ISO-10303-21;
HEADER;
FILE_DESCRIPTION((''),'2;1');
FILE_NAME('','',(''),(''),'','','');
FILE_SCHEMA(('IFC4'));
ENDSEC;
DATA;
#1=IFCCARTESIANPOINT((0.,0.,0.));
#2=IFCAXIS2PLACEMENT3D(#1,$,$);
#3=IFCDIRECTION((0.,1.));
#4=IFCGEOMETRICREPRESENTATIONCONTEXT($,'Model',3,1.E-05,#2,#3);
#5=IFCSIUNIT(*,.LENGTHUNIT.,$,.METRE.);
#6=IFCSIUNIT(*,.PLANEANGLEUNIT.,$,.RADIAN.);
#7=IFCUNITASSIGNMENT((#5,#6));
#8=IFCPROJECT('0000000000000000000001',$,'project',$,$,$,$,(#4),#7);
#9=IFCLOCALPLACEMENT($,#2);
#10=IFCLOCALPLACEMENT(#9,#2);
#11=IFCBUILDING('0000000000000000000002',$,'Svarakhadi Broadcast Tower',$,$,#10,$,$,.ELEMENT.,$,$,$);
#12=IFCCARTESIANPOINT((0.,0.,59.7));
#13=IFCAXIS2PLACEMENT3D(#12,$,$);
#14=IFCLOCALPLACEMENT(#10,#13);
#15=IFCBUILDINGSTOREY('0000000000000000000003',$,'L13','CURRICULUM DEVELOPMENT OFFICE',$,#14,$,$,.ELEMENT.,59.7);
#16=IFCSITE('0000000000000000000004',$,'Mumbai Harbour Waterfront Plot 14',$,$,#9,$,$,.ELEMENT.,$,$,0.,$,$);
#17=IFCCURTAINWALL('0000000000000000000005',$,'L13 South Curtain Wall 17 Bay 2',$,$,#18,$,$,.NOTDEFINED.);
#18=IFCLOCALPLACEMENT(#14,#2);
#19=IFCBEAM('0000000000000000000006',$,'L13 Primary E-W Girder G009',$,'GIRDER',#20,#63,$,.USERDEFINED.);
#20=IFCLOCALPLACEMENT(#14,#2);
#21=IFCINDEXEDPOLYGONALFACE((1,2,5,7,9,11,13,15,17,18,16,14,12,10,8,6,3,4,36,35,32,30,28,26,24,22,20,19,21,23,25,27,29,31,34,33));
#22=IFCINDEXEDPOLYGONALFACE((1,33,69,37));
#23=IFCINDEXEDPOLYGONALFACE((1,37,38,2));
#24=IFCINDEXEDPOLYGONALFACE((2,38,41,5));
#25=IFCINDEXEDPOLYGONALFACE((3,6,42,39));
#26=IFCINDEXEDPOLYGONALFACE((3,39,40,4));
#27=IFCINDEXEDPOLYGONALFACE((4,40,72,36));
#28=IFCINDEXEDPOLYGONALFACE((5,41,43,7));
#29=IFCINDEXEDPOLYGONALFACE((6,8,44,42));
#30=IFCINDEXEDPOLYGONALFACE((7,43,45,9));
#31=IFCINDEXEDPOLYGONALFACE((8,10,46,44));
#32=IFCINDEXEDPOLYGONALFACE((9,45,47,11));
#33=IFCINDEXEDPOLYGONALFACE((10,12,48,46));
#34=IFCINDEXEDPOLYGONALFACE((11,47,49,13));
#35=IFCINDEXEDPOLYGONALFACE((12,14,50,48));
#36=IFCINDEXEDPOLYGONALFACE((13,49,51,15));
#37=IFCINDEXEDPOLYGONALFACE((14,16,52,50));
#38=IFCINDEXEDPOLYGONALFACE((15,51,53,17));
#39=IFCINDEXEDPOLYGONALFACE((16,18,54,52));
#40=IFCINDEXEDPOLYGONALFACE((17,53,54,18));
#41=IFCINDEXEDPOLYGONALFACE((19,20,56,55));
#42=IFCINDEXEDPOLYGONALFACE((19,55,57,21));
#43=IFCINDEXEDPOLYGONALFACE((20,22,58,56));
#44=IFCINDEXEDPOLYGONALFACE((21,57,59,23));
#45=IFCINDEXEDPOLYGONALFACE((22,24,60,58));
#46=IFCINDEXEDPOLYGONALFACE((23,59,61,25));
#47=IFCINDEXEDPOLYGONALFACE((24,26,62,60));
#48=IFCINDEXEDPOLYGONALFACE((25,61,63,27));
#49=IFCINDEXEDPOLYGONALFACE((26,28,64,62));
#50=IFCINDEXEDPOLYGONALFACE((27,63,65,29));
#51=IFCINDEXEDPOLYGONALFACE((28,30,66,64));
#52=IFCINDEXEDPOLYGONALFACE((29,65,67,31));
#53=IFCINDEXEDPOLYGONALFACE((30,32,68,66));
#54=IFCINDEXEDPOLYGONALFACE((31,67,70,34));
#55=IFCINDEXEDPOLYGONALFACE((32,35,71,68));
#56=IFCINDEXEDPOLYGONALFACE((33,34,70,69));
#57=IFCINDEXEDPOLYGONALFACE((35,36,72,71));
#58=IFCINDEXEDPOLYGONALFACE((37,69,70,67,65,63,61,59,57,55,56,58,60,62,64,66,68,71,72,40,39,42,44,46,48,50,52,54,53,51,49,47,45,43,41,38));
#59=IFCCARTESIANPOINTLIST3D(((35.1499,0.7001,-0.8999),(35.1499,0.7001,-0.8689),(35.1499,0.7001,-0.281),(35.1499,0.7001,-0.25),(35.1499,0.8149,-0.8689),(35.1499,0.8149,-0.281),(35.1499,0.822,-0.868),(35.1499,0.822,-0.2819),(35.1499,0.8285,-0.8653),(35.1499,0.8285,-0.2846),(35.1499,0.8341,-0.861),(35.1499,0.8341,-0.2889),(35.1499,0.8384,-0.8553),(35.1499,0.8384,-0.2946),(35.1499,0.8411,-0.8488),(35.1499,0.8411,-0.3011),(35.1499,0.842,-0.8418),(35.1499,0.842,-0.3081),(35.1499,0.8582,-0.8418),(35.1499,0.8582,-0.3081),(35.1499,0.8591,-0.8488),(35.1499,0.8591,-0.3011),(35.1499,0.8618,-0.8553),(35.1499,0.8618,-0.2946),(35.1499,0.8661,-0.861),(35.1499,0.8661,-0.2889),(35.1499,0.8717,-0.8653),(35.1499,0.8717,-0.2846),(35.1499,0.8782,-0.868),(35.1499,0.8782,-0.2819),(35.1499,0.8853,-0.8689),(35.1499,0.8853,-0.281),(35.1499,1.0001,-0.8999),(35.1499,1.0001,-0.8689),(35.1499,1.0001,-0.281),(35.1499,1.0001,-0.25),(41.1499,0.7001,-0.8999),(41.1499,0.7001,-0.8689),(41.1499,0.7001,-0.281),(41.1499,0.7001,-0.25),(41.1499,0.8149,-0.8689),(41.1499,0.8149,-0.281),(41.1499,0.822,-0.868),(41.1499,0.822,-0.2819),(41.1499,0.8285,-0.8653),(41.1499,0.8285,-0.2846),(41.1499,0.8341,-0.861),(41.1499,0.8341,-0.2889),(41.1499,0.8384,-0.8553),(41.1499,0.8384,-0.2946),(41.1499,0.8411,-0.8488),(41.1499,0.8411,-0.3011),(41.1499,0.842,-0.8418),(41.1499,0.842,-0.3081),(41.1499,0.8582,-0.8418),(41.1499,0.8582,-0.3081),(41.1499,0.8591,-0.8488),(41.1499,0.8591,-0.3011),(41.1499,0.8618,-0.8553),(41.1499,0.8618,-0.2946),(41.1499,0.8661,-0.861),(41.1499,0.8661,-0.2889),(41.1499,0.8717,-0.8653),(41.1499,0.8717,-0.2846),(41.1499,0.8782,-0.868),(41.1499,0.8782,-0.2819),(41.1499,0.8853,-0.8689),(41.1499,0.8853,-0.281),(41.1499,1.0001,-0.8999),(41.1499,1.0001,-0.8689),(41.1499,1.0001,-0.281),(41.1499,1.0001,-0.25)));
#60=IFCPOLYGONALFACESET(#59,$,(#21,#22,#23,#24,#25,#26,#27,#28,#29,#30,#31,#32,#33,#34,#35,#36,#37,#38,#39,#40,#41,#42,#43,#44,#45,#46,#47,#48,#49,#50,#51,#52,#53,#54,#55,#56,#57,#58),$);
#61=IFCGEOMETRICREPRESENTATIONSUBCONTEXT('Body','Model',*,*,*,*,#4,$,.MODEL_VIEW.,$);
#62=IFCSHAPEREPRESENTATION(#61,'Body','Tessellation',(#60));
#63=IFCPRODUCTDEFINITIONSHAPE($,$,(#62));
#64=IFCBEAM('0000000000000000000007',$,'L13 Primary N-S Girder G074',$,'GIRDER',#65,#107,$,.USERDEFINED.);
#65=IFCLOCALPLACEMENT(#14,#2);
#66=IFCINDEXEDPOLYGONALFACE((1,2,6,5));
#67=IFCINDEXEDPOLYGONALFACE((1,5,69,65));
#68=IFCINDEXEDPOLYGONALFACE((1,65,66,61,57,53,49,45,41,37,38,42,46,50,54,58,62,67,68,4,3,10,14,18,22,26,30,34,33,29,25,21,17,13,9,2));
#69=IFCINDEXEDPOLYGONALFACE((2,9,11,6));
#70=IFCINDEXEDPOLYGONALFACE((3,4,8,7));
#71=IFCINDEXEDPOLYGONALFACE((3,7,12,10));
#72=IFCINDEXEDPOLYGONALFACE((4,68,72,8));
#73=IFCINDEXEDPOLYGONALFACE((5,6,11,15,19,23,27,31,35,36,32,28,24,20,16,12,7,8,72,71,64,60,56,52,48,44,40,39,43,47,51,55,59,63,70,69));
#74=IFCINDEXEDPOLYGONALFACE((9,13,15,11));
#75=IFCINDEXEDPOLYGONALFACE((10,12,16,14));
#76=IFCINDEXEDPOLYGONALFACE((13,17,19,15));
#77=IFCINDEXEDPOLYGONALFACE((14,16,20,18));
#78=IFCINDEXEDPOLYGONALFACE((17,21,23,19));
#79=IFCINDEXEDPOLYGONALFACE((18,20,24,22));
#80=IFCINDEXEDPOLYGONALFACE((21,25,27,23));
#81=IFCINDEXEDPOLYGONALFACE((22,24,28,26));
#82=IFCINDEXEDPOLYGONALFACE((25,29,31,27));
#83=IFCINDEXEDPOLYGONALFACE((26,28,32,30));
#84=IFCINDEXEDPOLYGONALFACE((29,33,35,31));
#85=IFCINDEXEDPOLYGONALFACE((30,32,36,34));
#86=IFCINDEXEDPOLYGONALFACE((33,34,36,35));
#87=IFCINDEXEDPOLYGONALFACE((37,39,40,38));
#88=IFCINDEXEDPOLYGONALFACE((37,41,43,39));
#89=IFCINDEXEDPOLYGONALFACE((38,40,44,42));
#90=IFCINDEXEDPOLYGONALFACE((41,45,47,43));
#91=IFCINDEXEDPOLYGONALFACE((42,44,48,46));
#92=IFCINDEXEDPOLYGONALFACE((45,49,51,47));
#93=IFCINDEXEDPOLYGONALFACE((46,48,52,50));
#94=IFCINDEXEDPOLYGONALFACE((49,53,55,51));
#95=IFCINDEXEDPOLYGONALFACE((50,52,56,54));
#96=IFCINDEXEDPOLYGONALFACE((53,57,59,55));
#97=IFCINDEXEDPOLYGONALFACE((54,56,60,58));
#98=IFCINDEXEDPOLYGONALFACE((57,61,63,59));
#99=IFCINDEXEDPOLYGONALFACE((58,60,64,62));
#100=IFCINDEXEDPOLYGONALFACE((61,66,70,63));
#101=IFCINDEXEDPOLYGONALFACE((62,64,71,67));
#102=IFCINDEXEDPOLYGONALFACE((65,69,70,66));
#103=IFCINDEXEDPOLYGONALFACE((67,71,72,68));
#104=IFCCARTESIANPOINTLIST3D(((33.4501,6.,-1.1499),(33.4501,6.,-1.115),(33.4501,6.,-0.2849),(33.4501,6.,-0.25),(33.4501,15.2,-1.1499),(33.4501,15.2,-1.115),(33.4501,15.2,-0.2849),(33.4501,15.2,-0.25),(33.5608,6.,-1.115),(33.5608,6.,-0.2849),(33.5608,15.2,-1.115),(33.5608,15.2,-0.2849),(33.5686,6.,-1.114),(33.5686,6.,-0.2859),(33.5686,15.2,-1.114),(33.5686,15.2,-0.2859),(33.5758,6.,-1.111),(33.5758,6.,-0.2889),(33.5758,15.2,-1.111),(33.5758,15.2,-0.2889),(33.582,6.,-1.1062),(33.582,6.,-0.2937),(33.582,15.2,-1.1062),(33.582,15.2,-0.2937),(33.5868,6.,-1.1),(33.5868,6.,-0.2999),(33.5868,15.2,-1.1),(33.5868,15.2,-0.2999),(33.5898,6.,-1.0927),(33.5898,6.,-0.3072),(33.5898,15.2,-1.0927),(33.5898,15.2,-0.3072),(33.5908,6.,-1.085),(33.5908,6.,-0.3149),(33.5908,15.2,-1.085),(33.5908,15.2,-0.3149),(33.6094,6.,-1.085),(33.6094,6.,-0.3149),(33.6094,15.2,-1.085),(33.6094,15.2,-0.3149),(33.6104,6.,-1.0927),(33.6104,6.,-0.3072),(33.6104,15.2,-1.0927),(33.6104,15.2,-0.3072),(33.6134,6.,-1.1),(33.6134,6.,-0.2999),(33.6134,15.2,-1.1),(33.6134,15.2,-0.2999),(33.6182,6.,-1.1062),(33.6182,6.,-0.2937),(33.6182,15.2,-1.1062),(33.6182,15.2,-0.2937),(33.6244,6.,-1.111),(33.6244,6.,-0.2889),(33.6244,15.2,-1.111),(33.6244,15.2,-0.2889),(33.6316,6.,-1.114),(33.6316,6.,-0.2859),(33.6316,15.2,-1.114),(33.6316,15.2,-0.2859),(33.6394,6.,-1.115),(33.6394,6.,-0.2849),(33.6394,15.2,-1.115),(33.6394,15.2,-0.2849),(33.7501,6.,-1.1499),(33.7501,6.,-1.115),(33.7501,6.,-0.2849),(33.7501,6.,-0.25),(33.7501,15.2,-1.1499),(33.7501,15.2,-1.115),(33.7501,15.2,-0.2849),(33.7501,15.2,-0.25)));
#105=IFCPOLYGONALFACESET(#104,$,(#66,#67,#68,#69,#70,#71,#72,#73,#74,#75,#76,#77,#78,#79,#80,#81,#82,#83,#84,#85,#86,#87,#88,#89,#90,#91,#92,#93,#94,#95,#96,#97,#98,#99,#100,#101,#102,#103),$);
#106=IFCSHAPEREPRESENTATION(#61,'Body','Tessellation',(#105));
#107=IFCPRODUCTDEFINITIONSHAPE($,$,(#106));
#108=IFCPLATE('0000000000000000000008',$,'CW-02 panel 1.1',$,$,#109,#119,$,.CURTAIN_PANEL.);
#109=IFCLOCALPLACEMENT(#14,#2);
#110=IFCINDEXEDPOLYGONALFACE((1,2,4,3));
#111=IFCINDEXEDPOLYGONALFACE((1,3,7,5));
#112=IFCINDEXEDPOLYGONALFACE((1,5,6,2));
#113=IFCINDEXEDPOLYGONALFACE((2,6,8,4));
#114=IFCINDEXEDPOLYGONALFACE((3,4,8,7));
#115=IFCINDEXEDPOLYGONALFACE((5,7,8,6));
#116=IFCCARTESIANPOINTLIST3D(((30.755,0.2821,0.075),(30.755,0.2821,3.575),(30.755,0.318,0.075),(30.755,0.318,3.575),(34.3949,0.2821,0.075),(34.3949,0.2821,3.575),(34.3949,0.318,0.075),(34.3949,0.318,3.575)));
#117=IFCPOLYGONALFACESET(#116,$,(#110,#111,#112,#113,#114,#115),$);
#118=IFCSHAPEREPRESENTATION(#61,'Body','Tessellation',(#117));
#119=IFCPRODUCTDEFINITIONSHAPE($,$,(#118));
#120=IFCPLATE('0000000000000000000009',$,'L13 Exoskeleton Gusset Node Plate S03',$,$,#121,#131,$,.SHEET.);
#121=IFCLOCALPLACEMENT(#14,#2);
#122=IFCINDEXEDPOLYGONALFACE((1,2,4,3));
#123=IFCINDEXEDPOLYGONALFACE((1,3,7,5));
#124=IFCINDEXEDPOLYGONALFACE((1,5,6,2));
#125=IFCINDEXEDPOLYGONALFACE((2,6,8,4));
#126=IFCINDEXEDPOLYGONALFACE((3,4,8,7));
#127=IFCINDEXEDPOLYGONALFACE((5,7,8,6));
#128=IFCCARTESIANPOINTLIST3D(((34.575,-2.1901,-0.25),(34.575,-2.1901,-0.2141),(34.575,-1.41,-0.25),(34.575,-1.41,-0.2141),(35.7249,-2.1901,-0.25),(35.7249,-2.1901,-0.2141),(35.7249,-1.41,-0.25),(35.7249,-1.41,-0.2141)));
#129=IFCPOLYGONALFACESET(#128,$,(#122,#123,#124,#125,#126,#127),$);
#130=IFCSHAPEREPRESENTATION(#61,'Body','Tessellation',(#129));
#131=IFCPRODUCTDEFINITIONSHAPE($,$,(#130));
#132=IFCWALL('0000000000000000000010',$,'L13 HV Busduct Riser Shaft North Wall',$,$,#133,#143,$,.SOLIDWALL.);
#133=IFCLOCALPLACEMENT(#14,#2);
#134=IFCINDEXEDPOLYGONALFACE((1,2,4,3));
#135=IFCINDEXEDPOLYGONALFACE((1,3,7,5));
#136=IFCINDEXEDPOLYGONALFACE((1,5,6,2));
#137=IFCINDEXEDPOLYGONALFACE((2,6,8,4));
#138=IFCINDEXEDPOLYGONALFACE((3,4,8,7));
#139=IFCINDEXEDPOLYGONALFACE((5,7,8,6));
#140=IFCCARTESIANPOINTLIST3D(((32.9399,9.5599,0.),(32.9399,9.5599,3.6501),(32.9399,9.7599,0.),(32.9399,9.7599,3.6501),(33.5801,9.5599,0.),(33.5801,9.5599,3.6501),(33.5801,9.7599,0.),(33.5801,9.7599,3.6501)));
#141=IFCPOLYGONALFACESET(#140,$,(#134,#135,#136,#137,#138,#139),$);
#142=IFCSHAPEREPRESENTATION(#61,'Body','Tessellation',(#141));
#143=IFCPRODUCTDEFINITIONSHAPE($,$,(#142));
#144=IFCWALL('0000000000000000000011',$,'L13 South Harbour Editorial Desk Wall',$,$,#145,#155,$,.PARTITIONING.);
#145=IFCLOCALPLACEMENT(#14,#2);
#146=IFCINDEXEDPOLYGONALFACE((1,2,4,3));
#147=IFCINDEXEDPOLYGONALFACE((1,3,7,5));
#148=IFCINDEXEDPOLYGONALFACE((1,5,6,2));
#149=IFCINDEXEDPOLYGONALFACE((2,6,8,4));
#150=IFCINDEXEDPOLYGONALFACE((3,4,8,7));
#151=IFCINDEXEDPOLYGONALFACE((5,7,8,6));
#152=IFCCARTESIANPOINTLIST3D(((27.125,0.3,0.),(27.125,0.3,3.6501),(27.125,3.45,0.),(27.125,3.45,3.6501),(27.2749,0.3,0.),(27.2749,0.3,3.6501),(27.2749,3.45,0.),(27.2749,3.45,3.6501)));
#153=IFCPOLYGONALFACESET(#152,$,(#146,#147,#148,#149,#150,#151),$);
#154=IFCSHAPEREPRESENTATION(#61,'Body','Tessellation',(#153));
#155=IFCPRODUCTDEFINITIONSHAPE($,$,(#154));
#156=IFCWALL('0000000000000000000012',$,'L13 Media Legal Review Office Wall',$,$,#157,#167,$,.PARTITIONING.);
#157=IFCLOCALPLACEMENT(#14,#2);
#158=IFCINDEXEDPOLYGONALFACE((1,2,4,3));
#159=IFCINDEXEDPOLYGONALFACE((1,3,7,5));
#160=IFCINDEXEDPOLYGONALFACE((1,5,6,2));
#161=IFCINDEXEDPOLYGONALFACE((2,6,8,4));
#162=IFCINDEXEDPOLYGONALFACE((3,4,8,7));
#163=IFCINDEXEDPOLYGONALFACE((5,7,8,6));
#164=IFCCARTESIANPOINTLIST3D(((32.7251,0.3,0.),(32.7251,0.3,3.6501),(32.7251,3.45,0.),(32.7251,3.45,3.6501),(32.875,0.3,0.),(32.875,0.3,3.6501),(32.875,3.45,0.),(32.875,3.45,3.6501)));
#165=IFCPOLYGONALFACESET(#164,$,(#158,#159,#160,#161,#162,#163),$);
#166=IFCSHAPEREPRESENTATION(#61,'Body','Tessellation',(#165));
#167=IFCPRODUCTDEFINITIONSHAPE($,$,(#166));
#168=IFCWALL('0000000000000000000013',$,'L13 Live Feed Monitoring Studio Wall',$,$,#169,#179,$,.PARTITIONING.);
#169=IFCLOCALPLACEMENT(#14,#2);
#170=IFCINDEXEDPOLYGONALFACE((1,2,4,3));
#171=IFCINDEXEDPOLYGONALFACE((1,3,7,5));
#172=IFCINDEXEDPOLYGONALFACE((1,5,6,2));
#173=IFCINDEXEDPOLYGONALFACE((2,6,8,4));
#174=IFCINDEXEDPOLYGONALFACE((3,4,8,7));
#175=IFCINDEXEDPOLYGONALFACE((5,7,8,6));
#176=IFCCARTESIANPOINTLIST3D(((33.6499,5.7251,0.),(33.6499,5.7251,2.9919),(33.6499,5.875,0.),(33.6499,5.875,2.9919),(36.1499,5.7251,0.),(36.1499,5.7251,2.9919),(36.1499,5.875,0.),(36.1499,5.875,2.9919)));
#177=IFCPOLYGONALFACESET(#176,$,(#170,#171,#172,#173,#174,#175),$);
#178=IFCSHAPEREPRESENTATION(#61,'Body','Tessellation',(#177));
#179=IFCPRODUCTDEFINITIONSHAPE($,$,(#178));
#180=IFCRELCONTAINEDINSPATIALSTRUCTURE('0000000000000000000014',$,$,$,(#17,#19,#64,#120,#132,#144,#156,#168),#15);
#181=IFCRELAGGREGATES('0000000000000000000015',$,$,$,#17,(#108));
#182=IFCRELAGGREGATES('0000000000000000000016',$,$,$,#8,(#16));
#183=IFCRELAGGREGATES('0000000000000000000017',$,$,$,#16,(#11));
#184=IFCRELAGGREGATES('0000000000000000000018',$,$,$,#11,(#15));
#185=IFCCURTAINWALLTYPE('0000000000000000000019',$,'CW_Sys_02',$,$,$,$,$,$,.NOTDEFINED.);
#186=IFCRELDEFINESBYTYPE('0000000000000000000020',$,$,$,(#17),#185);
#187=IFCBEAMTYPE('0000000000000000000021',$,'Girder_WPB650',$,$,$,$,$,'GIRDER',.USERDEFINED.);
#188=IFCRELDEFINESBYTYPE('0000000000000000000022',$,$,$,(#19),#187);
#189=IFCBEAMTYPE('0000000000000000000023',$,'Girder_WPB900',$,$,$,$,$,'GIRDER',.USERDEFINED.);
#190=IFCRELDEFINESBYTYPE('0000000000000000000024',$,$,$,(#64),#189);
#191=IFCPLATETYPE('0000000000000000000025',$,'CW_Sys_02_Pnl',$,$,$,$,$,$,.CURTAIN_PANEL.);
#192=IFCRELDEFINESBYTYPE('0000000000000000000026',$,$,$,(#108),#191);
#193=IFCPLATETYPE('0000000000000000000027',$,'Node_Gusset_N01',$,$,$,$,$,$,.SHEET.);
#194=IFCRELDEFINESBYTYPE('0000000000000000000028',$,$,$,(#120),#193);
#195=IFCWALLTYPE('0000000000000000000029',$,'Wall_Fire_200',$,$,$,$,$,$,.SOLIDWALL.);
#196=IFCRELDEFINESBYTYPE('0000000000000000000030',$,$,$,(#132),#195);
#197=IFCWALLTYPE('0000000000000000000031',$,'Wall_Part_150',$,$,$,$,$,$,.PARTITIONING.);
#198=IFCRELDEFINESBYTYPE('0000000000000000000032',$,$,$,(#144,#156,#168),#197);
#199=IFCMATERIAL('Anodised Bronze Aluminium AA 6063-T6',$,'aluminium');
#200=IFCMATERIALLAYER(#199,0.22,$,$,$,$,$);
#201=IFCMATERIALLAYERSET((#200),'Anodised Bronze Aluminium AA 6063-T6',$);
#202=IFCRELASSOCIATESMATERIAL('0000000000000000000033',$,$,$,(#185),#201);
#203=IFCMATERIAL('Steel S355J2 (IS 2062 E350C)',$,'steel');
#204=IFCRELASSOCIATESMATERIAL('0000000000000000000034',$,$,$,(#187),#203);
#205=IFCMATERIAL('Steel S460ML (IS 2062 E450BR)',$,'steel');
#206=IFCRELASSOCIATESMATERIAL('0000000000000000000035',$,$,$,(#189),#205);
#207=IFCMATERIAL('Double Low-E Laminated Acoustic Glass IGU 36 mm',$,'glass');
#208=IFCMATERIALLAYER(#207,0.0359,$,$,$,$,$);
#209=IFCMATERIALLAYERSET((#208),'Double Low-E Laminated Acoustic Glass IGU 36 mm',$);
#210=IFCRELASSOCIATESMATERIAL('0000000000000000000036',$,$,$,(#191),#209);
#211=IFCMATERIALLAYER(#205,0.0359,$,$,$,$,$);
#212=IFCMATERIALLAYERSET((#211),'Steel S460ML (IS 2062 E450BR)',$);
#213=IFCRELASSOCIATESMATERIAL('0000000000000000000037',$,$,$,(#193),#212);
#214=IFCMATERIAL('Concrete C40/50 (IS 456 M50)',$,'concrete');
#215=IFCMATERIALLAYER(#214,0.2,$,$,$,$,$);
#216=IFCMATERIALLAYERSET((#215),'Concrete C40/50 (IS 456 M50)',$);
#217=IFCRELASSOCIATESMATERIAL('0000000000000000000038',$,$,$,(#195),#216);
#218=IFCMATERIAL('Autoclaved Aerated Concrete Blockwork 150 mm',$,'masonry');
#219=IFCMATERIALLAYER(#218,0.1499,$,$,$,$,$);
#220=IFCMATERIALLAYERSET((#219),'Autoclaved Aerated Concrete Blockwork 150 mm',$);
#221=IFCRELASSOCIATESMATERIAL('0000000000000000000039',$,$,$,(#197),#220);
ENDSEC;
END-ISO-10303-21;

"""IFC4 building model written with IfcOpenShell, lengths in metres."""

from ifc_helpers import new_model, si_unit, direction, frame, frame_2d, origin, origin_2d, place, context, subcontext, project, spatial, rectangle, i_section, extrude, material, layer, layer_set, material_profile, profile_set, type_object, element, aggregate, save


model = new_model("IFC4")

# Units and contexts
model_context = context("Model", 3, precision=1e-05, world=origin(), true_north=direction((0.0, 1.0)))
body_context = subcontext(model_context, "Body", "Model", "MODEL_VIEW")
ifc_project = project(units=[si_unit("LENGTHUNIT", "METRE"), si_unit("PLANEANGLEUNIT", "RADIAN")], contexts=[model_context])

# Site, building, storey
site_placement = place(None, origin())
site = spatial("IfcSite", under=ifc_project, at=site_placement, Name="Mumbai Harbour Waterfront Plot 14", CompositionType="ELEMENT", RefElevation=0.0)
building_placement = place(site_placement, origin())
building = spatial("IfcBuilding", under=site, at=building_placement, Name="Svarakhadi Broadcast Tower", CompositionType="ELEMENT")
storey_placement = place(building_placement, frame((0.0, 0.0, 59.7)))
storey = spatial("IfcBuildingStorey", under=building, at=storey_placement, Name="L13", Description="CURRICULUM DEVELOPMENT OFFICE", CompositionType="ELEMENT", Elevation=59.7)

# Curtain wall
ifc_material_1 = material(Name="Anodised Bronze Aluminium AA 6063-T6", Category="aluminium")
ifc_layer_1 = layer(ifc_material_1, 0.22)
ifc_layer_set_1 = layer_set([ifc_layer_1], Name="Anodised Bronze Aluminium AA 6063-T6")
curtain_wall_type = type_object("IfcCurtainWallType", Name="CW_Sys_02", PredefinedType="NOTDEFINED", material=ifc_layer_set_1)
curtain_wall_1_placement = place(storey_placement, origin())
curtain_wall_1 = element("IfcCurtainWall", 1, at=curtain_wall_1_placement, inside=storey, type_object=curtain_wall_type, Name="L13 South Curtain Wall 17 Bay 2", PredefinedType="NOTDEFINED")

# Shared definitions
ifc_material_2 = material(Name="Steel S460ML (IS 2062 E450BR)", Category="steel")

# Beams
ifc_material_3 = material(Name="Steel S355J2 (IS 2062 E350C)", Category="steel")
ifc_material_profile_1 = material_profile(ifc_material_3, i_section(OverallWidth=0.3, OverallDepth=0.6499, WebThickness=0.0161, FlangeThickness=0.031, FilletRadius=0.0271, at=origin_2d()), Name="WPB 650x300x225")
ifc_profile_set_1 = profile_set([ifc_material_profile_1], Name="Steel S355J2 (IS 2062 E350C)")
beam_type_1 = type_object("IfcBeamType", Name="Girder_WPB650", ElementType="GIRDER", PredefinedType="USERDEFINED", material=ifc_profile_set_1)
beam_1_placement = place(storey_placement, frame((35.1499, 0.8501, -0.575), z_axis=(1.0, 0.0, 0.0), x_axis=(0.0, 1.0, 0.0)))
element("IfcBeam", 2, at=beam_1_placement, inside=storey, type_object=beam_type_1, Name="L13 Primary E-W Girder G009", ObjectType="GIRDER", PredefinedType="USERDEFINED", context=body_context, shape_type="SweptSolid", body=[
    extrude(i_section(OverallWidth=0.3, OverallDepth=0.6499, WebThickness=0.0161, FlangeThickness=0.031, FilletRadius=0.0271, at=origin_2d()), origin(), (0.0, 0.0, 1.0), 6.0),
])
ifc_material_profile_2 = material_profile(ifc_material_2, i_section(OverallWidth=0.3, OverallDepth=0.8999, WebThickness=0.0186, FlangeThickness=0.0349, FilletRadius=0.03, at=origin_2d()), Name="WPB 900x300x291")
ifc_profile_set_2 = profile_set([ifc_material_profile_2], Name="Steel S460ML (IS 2062 E450BR)")
beam_type_2 = type_object("IfcBeamType", Name="Girder_WPB900", ElementType="GIRDER", PredefinedType="USERDEFINED", material=ifc_profile_set_2)
beam_2_placement = place(storey_placement, frame((33.6001, 6.0, -0.7), z_axis=(0.0, 1.0, 0.0), x_axis=(-1.0, 0.0, 0.0)))
element("IfcBeam", 3, at=beam_2_placement, inside=storey, type_object=beam_type_2, Name="L13 Primary N-S Girder G074", ObjectType="GIRDER", PredefinedType="USERDEFINED", context=body_context, shape_type="SweptSolid", body=[
    extrude(i_section(OverallWidth=0.3, OverallDepth=0.8999, WebThickness=0.0186, FlangeThickness=0.0349, FilletRadius=0.03, at=origin_2d()), origin(), (0.0, 0.0, 1.0), 9.2),
])

# Plates
ifc_material_4 = material(Name="Double Low-E Laminated Acoustic Glass IGU 36 mm", Category="glass")
ifc_layer_2 = layer(ifc_material_4, 0.0359)
ifc_layer_set_2 = layer_set([ifc_layer_2], Name="Double Low-E Laminated Acoustic Glass IGU 36 mm")
plate_type_1 = type_object("IfcPlateType", Name="CW_Sys_02_Pnl", PredefinedType="CURTAIN_PANEL", material=ifc_layer_set_2)
plate_1_placement = place(storey_placement, frame((32.575, 0.3, 0.075), z_axis=(0.0, 0.0, 1.0), x_axis=(-1.0, 0.0, 0.0)))
plate_1 = element("IfcPlate", 4, at=plate_1_placement, type_object=plate_type_1, Name="CW-02 panel 1.1", PredefinedType="CURTAIN_PANEL", context=body_context, shape_type="SweptSolid", body=[
    extrude(rectangle(XDim=3.6399, YDim=0.0359, at=origin_2d()), origin(), (0.0, 0.0, 1.0), 3.5),
])
aggregate(curtain_wall_1, [plate_1])
ifc_layer_3 = layer(ifc_material_2, 0.0359)
ifc_layer_set_3 = layer_set([ifc_layer_3], Name="Steel S460ML (IS 2062 E450BR)")
plate_type_2 = type_object("IfcPlateType", Name="Node_Gusset_N01", PredefinedType="SHEET", material=ifc_layer_set_3)
plate_2_placement = place(storey_placement, frame((35.1499, -1.8, -0.25), z_axis=(0.0, 0.0, 1.0), x_axis=(1.0, 0.0, 0.0)))
element("IfcPlate", 5, at=plate_2_placement, inside=storey, type_object=plate_type_2, Name="L13 Exoskeleton Gusset Node Plate S03", PredefinedType="SHEET", context=body_context, shape_type="SweptSolid", body=[
    extrude(rectangle(XDim=1.1499, YDim=0.78, at=origin_2d()), origin(), (0.0, 0.0, 1.0), 0.0359),
])

# Walls
ifc_material_5 = material(Name="Concrete C40/50 (IS 456 M50)", Category="concrete")
ifc_layer_4 = layer(ifc_material_5, 0.2)
ifc_layer_set_4 = layer_set([ifc_layer_4], Name="Concrete C40/50 (IS 456 M50)")
wall_type_1 = type_object("IfcWallType", Name="Wall_Fire_200", PredefinedType="SOLIDWALL", material=ifc_layer_set_4)
wall_1_placement = place(storey_placement, frame((32.9399, 9.6599, 0.0), z_axis=(0.0, 0.0, 1.0), x_axis=(1.0, 0.0, 0.0)))
element("IfcWall", 6, at=wall_1_placement, inside=storey, type_object=wall_type_1, Name="L13 HV Busduct Riser Shaft North Wall", PredefinedType="SOLIDWALL", context=body_context, shape_type="SweptSolid", body=[
    extrude(rectangle(XDim=0.6401, YDim=0.2, at=frame_2d((0.3201, 0.0))), origin(), (0.0, 0.0, 1.0), 3.6501),
])
ifc_material_6 = material(Name="Autoclaved Aerated Concrete Blockwork 150 mm", Category="masonry")
ifc_layer_5 = layer(ifc_material_6, 0.1499)
ifc_layer_set_5 = layer_set([ifc_layer_5], Name="Autoclaved Aerated Concrete Blockwork 150 mm")
wall_type_2 = type_object("IfcWallType", Name="Wall_Part_150", PredefinedType="PARTITIONING", material=ifc_layer_set_5)
for number, where, z_axis, x_axis, name in (
    (7, (27.2, 0.3, 0.0), (0.0, 0.0, 1.0), (0.0, 1.0, 0.0), "L13 South Harbour Editorial Desk Wall"),
    (8, (32.8, 0.3, 0.0), (0.0, 0.0, 1.0), (0.0, 1.0, 0.0), "L13 Media Legal Review Office Wall"),
):
    element("IfcWall", number, at=place(storey_placement, frame(where, z_axis=z_axis, x_axis=x_axis)), inside=storey, type_object=wall_type_2, Name=name, PredefinedType="PARTITIONING", context=body_context, shape_type="SweptSolid", body=[
        extrude(rectangle(XDim=3.1499, YDim=0.1499, at=frame_2d((1.575, 0.0))), origin(), (0.0, 0.0, 1.0), 3.6501),
    ])
wall_2_placement = place(storey_placement, frame((33.6499, 5.8, 0.0), z_axis=(0.0, 0.0, 1.0), x_axis=(1.0, 0.0, 0.0)))
element("IfcWall", 9, at=wall_2_placement, inside=storey, type_object=wall_type_2, Name="L13 Live Feed Monitoring Studio Wall", PredefinedType="PARTITIONING", context=body_context, shape_type="SweptSolid", body=[
    extrude(rectangle(XDim=2.5, YDim=0.1499, at=frame_2d((1.25, 0.0))), origin(), (0.0, 0.0, 1.0), 2.9919),
])

save(model, "model.ifc")
